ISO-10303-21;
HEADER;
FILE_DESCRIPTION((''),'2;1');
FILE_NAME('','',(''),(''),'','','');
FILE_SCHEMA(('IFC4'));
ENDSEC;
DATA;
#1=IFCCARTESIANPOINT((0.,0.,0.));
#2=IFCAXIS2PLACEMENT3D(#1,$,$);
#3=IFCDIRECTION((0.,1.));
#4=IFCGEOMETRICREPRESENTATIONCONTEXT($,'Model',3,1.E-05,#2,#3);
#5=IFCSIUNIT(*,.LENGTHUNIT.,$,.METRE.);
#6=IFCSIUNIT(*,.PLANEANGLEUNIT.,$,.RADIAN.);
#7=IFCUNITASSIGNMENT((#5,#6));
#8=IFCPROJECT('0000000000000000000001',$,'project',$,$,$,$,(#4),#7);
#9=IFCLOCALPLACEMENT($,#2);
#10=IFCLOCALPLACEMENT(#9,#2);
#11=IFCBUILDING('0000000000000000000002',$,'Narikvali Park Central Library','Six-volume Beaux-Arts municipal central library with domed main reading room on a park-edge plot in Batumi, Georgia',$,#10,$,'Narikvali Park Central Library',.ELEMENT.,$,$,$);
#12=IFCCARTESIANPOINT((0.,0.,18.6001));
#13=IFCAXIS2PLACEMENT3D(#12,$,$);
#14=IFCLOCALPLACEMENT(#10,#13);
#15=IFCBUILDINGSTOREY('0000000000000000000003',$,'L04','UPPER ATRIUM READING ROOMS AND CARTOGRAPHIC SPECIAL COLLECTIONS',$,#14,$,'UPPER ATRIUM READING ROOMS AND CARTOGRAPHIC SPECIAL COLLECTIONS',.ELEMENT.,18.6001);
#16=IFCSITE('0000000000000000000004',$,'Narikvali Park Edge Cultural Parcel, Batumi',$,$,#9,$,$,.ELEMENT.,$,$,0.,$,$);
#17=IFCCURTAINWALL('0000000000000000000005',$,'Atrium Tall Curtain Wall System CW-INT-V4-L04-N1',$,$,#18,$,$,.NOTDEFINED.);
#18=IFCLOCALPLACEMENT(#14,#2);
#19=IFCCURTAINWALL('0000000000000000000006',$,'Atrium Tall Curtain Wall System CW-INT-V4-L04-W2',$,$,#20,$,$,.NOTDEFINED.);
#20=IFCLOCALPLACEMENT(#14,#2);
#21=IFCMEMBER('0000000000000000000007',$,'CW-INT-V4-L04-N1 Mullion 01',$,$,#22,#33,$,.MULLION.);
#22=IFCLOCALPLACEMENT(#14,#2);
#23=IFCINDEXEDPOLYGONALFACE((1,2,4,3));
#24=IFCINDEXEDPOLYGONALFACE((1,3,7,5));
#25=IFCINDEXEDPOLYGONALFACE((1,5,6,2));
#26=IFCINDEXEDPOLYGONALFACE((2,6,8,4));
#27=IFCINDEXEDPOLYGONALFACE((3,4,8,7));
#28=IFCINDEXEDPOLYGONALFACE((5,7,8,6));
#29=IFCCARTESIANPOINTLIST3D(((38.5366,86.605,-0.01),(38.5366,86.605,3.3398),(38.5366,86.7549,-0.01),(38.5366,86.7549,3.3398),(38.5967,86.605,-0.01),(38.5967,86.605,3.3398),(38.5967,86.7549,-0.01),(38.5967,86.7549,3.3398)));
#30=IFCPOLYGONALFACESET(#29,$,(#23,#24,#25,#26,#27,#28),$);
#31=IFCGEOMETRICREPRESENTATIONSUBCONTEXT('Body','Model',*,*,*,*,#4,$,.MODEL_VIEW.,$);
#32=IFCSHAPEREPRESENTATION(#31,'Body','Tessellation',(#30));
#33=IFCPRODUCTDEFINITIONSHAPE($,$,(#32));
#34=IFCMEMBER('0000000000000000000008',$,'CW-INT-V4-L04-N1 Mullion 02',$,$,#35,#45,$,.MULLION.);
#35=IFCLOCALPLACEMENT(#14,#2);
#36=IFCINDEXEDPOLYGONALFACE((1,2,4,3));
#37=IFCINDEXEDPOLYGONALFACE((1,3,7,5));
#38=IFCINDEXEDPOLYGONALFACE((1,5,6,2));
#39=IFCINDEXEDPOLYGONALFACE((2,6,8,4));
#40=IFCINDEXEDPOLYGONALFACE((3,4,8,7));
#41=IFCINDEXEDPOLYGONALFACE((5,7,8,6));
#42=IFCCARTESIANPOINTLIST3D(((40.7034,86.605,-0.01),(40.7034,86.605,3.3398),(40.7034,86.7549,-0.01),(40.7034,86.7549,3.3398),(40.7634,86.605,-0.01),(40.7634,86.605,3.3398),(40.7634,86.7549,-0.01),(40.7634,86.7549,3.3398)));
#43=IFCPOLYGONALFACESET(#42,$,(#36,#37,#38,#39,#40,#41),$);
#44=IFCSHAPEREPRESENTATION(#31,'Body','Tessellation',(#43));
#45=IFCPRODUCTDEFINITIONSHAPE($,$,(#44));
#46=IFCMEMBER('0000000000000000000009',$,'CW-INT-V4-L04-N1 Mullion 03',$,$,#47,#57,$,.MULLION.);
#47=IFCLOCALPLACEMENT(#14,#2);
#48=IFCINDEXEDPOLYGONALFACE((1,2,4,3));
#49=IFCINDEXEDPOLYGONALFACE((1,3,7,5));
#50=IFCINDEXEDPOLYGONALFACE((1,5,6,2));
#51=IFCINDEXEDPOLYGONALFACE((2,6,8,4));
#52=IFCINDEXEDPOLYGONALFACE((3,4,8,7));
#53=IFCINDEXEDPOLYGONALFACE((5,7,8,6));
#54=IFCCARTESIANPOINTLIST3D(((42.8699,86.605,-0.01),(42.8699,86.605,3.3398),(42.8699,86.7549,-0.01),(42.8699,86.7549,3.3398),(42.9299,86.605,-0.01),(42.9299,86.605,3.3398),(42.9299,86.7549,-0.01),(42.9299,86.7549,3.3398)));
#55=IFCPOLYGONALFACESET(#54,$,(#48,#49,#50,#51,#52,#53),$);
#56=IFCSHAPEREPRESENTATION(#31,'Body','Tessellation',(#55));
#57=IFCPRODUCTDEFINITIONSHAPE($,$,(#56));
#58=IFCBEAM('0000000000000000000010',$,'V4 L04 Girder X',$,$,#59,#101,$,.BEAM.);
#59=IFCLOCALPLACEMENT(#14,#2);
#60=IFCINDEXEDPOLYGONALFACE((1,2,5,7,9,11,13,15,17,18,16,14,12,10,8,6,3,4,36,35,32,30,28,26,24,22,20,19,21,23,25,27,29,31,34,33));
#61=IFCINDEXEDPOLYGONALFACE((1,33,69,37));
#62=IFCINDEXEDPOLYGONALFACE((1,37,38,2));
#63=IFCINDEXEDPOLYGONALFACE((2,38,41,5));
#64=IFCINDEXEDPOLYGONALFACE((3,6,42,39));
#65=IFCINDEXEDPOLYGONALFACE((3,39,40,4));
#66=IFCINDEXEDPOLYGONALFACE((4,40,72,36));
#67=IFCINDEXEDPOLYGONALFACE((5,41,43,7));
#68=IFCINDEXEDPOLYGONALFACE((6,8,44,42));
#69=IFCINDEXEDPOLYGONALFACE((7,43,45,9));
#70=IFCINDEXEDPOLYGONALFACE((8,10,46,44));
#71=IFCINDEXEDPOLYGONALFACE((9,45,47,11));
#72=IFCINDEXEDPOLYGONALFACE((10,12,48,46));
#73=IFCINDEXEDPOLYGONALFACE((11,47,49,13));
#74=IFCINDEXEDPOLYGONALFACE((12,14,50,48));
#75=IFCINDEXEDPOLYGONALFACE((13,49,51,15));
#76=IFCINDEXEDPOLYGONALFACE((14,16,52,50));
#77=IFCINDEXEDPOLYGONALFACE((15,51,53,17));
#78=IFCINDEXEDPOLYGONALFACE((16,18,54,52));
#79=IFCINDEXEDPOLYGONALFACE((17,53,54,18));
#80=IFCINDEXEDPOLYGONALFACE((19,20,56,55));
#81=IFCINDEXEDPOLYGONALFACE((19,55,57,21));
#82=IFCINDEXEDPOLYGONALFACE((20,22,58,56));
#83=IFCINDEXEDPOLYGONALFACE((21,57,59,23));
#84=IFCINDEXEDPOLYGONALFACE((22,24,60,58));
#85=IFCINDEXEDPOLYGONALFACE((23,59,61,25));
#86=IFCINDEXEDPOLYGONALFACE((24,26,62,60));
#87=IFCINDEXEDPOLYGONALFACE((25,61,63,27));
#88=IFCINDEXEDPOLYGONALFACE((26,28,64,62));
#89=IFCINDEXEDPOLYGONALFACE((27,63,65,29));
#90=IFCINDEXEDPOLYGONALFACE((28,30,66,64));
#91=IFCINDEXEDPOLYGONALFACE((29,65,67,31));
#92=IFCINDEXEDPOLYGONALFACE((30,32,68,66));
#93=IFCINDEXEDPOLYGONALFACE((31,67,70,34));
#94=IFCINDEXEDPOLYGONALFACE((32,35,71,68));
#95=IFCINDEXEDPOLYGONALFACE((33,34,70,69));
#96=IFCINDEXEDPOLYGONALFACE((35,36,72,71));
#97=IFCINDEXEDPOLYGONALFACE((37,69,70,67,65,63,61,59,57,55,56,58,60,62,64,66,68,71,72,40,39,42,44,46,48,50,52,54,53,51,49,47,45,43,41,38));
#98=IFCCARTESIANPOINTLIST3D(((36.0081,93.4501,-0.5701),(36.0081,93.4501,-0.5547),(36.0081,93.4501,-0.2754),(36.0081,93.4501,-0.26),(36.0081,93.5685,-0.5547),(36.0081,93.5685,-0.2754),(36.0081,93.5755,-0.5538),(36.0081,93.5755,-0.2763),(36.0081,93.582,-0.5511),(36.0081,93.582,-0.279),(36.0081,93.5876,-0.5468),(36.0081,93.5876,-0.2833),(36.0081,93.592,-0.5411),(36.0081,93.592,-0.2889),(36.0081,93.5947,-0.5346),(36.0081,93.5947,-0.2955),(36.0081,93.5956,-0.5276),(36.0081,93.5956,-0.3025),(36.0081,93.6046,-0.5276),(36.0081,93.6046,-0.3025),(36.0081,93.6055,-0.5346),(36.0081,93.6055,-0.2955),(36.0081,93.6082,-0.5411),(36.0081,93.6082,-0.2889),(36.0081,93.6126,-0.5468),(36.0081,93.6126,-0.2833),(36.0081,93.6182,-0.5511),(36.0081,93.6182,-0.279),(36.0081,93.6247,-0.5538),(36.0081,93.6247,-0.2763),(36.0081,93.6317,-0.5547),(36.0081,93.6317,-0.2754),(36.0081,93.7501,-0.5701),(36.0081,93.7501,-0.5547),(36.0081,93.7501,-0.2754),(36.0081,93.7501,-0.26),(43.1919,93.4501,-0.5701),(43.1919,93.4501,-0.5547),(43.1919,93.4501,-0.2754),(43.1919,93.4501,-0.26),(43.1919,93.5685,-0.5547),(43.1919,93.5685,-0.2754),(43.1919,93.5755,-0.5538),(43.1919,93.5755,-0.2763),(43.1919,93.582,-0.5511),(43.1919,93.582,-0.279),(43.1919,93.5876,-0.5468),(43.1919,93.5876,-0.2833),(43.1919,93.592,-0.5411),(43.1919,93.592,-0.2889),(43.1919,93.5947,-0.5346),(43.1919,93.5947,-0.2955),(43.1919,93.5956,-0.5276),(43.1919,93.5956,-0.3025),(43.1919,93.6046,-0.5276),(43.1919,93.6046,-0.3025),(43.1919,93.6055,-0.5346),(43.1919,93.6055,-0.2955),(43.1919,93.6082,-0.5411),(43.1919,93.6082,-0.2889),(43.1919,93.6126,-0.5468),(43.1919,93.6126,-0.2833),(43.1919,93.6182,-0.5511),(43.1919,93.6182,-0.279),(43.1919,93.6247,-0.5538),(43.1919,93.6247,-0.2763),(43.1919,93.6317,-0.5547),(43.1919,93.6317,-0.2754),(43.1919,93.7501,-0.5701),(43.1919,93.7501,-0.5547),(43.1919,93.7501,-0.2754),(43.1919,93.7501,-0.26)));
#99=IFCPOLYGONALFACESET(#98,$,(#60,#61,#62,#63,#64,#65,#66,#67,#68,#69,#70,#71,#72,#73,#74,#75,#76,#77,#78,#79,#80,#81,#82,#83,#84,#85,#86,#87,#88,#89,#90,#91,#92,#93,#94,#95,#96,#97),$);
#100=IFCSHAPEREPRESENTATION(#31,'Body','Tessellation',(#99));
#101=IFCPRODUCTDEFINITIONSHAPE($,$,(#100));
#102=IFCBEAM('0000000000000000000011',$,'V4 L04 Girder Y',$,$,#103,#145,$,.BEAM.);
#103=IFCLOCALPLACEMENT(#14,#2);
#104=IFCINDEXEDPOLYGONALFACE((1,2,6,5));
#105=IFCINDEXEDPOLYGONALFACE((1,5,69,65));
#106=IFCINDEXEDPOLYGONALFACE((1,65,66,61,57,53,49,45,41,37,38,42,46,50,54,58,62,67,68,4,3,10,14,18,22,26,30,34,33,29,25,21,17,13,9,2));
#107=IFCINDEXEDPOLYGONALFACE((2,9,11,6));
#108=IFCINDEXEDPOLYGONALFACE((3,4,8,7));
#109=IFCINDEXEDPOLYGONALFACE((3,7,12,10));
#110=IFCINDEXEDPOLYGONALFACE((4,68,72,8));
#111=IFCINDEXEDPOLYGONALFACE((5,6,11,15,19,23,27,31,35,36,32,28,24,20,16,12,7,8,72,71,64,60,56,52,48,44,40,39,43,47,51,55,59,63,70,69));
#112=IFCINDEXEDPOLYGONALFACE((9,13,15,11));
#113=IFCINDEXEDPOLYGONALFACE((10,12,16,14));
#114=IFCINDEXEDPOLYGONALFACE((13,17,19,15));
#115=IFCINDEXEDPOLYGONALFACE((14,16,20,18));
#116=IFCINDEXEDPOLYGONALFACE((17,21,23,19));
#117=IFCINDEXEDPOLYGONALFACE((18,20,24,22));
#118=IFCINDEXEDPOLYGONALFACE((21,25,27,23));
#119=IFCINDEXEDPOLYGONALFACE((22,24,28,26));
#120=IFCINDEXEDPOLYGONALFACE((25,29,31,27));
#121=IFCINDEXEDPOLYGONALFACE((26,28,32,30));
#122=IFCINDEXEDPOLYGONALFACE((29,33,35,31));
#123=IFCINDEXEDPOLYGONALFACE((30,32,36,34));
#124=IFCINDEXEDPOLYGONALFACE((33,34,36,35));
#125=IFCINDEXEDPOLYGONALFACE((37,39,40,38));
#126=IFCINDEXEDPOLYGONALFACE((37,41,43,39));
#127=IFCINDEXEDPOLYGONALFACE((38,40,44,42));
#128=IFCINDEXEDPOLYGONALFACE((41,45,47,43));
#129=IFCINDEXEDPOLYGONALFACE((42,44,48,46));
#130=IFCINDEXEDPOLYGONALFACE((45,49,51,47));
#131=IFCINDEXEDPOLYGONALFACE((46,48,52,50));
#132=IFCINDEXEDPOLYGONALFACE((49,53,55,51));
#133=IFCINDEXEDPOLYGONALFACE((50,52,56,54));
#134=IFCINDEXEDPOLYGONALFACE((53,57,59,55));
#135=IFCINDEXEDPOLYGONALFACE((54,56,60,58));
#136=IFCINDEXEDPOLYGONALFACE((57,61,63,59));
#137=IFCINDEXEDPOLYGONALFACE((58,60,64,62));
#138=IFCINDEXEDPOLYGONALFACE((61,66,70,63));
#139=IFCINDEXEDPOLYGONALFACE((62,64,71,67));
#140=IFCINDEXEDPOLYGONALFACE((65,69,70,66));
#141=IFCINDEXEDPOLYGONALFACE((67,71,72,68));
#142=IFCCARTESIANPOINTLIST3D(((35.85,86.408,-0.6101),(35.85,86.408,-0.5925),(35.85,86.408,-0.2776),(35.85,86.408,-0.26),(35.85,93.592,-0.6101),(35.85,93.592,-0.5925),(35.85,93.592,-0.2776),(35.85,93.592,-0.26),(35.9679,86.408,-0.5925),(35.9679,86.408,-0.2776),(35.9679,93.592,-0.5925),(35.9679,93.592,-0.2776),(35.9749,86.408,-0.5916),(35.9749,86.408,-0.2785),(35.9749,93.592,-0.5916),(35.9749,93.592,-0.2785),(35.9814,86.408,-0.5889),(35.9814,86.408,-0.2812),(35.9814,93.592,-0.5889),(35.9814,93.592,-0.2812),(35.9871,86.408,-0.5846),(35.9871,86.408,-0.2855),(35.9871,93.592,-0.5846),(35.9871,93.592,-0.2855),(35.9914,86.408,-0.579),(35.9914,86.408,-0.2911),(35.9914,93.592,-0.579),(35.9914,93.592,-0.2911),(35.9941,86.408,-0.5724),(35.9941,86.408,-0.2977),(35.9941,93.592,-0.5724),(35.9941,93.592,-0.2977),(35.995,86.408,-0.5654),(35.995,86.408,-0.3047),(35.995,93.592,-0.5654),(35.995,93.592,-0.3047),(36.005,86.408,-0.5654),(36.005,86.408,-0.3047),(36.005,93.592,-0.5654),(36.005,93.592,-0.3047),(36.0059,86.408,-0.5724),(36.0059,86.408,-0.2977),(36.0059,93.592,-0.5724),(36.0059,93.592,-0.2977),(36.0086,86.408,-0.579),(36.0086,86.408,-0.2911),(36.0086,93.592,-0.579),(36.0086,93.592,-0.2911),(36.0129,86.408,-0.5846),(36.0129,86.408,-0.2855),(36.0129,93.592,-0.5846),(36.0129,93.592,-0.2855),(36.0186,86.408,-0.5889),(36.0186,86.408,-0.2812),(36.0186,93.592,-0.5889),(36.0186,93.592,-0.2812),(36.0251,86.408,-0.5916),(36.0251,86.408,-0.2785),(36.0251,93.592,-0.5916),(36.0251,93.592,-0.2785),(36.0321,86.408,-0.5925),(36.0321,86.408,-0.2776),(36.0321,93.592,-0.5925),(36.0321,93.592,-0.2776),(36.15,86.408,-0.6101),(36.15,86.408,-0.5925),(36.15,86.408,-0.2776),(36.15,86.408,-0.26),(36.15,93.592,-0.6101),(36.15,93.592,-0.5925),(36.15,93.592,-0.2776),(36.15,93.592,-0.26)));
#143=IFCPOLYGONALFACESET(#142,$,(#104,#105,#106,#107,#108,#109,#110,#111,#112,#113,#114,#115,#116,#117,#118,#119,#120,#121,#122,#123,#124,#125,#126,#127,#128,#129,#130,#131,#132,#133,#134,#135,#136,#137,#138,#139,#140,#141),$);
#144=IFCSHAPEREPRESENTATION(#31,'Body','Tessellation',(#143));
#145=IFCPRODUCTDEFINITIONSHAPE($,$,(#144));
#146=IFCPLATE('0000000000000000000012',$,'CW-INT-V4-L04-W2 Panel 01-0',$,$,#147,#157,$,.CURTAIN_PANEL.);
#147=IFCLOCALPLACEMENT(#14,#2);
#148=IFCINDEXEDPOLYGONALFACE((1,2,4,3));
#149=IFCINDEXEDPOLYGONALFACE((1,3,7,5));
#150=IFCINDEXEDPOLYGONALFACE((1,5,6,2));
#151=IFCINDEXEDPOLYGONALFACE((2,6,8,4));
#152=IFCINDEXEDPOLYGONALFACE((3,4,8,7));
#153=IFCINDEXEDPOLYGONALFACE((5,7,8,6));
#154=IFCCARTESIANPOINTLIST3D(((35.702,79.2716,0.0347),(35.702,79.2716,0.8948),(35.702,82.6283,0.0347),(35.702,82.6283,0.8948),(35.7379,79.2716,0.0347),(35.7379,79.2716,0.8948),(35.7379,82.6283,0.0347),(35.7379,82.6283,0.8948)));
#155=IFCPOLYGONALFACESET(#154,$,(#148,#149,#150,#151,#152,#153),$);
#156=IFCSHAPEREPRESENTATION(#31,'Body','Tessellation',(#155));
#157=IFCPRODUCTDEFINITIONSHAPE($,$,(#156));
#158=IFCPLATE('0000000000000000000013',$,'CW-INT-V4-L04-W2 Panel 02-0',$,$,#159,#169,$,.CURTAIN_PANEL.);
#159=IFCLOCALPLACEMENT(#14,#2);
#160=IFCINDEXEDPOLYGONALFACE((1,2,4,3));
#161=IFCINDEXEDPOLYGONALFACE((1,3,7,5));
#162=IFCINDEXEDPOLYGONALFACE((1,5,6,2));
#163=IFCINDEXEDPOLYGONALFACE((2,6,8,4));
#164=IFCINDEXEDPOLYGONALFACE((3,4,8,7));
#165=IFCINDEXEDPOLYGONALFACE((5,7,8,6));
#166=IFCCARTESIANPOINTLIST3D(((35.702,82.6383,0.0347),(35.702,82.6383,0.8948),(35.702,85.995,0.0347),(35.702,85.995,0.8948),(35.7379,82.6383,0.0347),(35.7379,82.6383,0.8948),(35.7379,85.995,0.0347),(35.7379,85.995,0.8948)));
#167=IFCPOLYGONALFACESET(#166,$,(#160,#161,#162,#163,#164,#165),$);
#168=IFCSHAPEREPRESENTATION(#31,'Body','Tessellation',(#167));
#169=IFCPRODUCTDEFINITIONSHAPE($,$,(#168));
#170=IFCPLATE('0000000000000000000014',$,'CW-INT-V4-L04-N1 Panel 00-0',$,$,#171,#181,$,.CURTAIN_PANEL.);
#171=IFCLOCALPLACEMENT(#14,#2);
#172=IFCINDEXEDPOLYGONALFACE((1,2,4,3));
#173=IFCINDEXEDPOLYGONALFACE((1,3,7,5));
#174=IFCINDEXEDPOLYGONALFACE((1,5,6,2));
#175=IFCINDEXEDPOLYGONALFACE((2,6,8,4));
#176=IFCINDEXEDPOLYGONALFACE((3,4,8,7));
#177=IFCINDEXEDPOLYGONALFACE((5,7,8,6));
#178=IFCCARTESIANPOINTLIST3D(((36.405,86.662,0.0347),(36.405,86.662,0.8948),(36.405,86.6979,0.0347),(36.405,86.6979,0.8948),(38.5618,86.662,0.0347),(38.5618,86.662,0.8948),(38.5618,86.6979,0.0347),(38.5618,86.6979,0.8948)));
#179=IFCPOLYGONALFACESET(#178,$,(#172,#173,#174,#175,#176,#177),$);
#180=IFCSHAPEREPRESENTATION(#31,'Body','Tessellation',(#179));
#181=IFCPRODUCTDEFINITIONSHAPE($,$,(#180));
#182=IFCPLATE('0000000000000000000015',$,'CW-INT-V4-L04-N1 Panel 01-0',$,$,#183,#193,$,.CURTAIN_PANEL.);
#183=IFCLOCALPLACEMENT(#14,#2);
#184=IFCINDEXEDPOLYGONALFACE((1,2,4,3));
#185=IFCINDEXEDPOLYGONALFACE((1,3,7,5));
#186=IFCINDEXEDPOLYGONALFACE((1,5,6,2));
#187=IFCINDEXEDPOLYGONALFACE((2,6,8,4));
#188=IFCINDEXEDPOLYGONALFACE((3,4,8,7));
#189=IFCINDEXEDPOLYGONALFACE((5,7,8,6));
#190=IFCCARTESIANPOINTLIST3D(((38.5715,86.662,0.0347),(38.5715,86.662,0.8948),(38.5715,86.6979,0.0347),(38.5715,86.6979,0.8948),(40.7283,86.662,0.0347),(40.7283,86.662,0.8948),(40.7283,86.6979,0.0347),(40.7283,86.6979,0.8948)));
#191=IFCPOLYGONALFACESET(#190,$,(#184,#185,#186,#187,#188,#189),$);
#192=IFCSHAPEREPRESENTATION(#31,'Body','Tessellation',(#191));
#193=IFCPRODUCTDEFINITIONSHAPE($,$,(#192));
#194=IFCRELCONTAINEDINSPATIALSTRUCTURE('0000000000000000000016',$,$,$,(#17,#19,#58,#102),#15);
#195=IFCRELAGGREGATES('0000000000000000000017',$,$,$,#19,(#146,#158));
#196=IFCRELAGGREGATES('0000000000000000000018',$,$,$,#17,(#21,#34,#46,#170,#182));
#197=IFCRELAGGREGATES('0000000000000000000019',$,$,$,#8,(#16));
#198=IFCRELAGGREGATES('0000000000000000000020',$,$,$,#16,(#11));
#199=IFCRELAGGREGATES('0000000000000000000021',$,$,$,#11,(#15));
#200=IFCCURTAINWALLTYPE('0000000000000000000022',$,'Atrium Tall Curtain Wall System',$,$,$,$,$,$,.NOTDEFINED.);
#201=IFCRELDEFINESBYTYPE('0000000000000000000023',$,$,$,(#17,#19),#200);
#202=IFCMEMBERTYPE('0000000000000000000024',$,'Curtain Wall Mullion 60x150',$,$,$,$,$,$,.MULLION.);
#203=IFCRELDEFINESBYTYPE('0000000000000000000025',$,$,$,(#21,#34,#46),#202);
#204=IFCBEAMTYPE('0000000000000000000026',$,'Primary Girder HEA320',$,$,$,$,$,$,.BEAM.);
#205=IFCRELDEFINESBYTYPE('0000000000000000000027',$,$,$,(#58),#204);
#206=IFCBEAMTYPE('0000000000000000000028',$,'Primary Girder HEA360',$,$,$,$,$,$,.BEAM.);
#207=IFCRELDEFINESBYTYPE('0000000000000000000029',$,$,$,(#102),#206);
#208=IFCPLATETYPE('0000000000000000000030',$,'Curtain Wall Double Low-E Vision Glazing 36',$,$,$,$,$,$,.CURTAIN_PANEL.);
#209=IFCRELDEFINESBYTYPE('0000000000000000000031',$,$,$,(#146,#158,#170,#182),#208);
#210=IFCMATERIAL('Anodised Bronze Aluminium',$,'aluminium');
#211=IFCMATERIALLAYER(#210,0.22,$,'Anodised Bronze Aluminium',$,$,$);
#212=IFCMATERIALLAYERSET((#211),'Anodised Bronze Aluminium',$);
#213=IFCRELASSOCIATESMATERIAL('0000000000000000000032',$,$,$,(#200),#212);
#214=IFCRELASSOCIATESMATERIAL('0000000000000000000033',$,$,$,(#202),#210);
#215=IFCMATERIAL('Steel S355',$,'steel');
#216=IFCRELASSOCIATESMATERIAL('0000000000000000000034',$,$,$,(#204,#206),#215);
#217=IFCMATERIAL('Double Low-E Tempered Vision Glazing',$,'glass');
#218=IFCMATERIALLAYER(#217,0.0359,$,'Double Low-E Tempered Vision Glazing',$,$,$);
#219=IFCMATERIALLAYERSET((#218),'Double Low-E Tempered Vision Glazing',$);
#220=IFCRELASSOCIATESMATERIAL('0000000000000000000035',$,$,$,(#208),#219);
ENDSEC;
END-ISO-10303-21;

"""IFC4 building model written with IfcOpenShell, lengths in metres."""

from ifc_helpers import new_model, si_unit, direction, frame, origin, origin_2d, place, context, subcontext, project, spatial, rectangle, i_section, extrude, material, layer, layer_set, material_profile, profile_set, type_object, element, aggregate, save


model = new_model("IFC4")

# Units and contexts
model_context = context("Model", 3, precision=1e-05, world=origin(), true_north=direction((0.0, 1.0)))
body_context = subcontext(model_context, "Body", "Model", "MODEL_VIEW")
ifc_project = project(units=[si_unit("LENGTHUNIT", "METRE"), si_unit("PLANEANGLEUNIT", "RADIAN")], contexts=[model_context])

# Site, building, storey
site_placement = place(None, origin())
site = spatial("IfcSite", under=ifc_project, at=site_placement, Name="Narikvali Park Edge Cultural Parcel, Batumi", CompositionType="ELEMENT", RefElevation=0.0)
building_placement = place(site_placement, origin())
building = spatial("IfcBuilding", under=site, at=building_placement, Name="Narikvali Park Central Library", Description="Six-volume Beaux-Arts municipal central library with domed main reading room on a park-edge plot in Batumi, Georgia", LongName="Narikvali Park Central Library", CompositionType="ELEMENT")
storey_placement = place(building_placement, frame((0.0, 0.0, 18.6001)))
storey = spatial("IfcBuildingStorey", under=building, at=storey_placement, Name="L04", Description="UPPER ATRIUM READING ROOMS AND CARTOGRAPHIC SPECIAL COLLECTIONS", LongName="UPPER ATRIUM READING ROOMS AND CARTOGRAPHIC SPECIAL COLLECTIONS", CompositionType="ELEMENT", Elevation=18.6001)

# Shared definitions
ifc_material_1 = material(Name="Steel S355", Category="steel")

# Curtain walls
ifc_material_2 = material(Name="Anodised Bronze Aluminium", Category="aluminium")
ifc_layer_1 = layer(ifc_material_2, 0.22, Name="Anodised Bronze Aluminium")
ifc_layer_set_1 = layer_set([ifc_layer_1], Name="Anodised Bronze Aluminium")
curtain_wall_type = type_object("IfcCurtainWallType", Name="Atrium Tall Curtain Wall System", PredefinedType="NOTDEFINED", material=ifc_layer_set_1)
curtain_wall_1_placement = place(storey_placement, origin())
curtain_wall_1 = element("IfcCurtainWall", 1, at=curtain_wall_1_placement, inside=storey, type_object=curtain_wall_type, Name="Atrium Tall Curtain Wall System CW-INT-V4-L04-N1", PredefinedType="NOTDEFINED")
curtain_wall_2_placement = place(storey_placement, origin())
curtain_wall_2 = element("IfcCurtainWall", 2, at=curtain_wall_2_placement, inside=storey, type_object=curtain_wall_type, Name="Atrium Tall Curtain Wall System CW-INT-V4-L04-W2", PredefinedType="NOTDEFINED")
ifc_material_profile_1 = material_profile(ifc_material_2, rectangle(XDim=0.0601, YDim=0.1499, at=origin_2d()), Name="CW MULLION 60x150")
ifc_profile_set_1 = profile_set([ifc_material_profile_1], Name="Anodised Bronze Aluminium")
member_type_1 = type_object("IfcMemberType", Name="Curtain Wall Mullion 60x150", PredefinedType="MULLION", material=ifc_profile_set_1)

# Members
member_1_placement = place(storey_placement, frame((38.5667, 86.6799, -0.01), z_axis=(0.0, 0.0, 1.0), x_axis=(1.0, 0.0, 0.0)))
member_1 = element("IfcMember", 3, at=member_1_placement, type_object=member_type_1, Name="CW-INT-V4-L04-N1 Mullion 01", PredefinedType="MULLION", context=body_context, shape_type="SweptSolid", body=[
    extrude(rectangle(XDim=0.0601, YDim=0.1499, at=origin_2d()), origin(), (0.0, 0.0, 1.0), 3.3499),
])
member_2_placement = place(storey_placement, frame((40.7334, 86.6799, -0.01), z_axis=(0.0, 0.0, 1.0), x_axis=(1.0, 0.0, 0.0)))
member_2 = element("IfcMember", 4, at=member_2_placement, type_object=member_type_1, Name="CW-INT-V4-L04-N1 Mullion 02", PredefinedType="MULLION", context=body_context, shape_type="SweptSolid", body=[
    extrude(rectangle(XDim=0.0601, YDim=0.1499, at=origin_2d()), origin(), (0.0, 0.0, 1.0), 3.3499),
])
member_3_placement = place(storey_placement, frame((42.8999, 86.6799, -0.01), z_axis=(0.0, 0.0, 1.0), x_axis=(1.0, 0.0, 0.0)))
member_3 = element("IfcMember", 5, at=member_3_placement, type_object=member_type_1, Name="CW-INT-V4-L04-N1 Mullion 03", PredefinedType="MULLION", context=body_context, shape_type="SweptSolid", body=[
    extrude(rectangle(XDim=0.0601, YDim=0.1499, at=origin_2d()), origin(), (0.0, 0.0, 1.0), 3.3499),
])

# Beams
ifc_material_profile_2 = material_profile(ifc_material_1, i_section(OverallWidth=0.3, OverallDepth=0.3101, WebThickness=0.009, FlangeThickness=0.0154, FilletRadius=0.0271, at=origin_2d()), Name="HEA 320")
ifc_profile_set_2 = profile_set([ifc_material_profile_2], Name="Steel S355")
beam_type_1 = type_object("IfcBeamType", Name="Primary Girder HEA320", PredefinedType="BEAM", material=ifc_profile_set_2)
beam_1_placement = place(storey_placement, frame((36.0081, 93.6001, -0.415), z_axis=(1.0, 0.0, 0.0), x_axis=(0.0, 1.0, 0.0)))
element("IfcBeam", 6, at=beam_1_placement, inside=storey, type_object=beam_type_1, Name="V4 L04 Girder X", PredefinedType="BEAM", context=body_context, shape_type="SweptSolid", body=[
    extrude(i_section(OverallWidth=0.3, OverallDepth=0.3101, WebThickness=0.009, FlangeThickness=0.0154, FilletRadius=0.0271, at=origin_2d()), origin(), (0.0, 0.0, 1.0), 7.1838),
])
ifc_material_profile_3 = material_profile(ifc_material_1, i_section(OverallWidth=0.3, OverallDepth=0.3501, WebThickness=0.01, FlangeThickness=0.0176, FilletRadius=0.0271, at=origin_2d()), Name="HEA 360")
ifc_profile_set_3 = profile_set([ifc_material_profile_3], Name="Steel S355")
beam_type_2 = type_object("IfcBeamType", Name="Primary Girder HEA360", PredefinedType="BEAM", material=ifc_profile_set_3)
beam_2_placement = place(storey_placement, frame((36.0, 86.408, -0.4351), z_axis=(0.0, 1.0, 0.0), x_axis=(-1.0, 0.0, 0.0)))
element("IfcBeam", 7, at=beam_2_placement, inside=storey, type_object=beam_type_2, Name="V4 L04 Girder Y", PredefinedType="BEAM", context=body_context, shape_type="SweptSolid", body=[
    extrude(i_section(OverallWidth=0.3, OverallDepth=0.3501, WebThickness=0.01, FlangeThickness=0.0176, FilletRadius=0.0271, at=origin_2d()), origin(), (0.0, 0.0, 1.0), 7.1841),
])

# Plates
ifc_material_3 = material(Name="Double Low-E Tempered Vision Glazing", Category="glass")
ifc_layer_2 = layer(ifc_material_3, 0.0359, Name="Double Low-E Tempered Vision Glazing")
ifc_layer_set_2 = layer_set([ifc_layer_2], Name="Double Low-E Tempered Vision Glazing")
plate_type_1 = type_object("IfcPlateType", Name="Curtain Wall Double Low-E Vision Glazing 36", PredefinedType="CURTAIN_PANEL", material=ifc_layer_set_2)
plate_1_placement = place(storey_placement, frame((35.72, 80.95, 0.0347), z_axis=(0.0, 0.0, 1.0), x_axis=(0.0, 1.0, 0.0)))
plate_1 = element("IfcPlate", 8, at=plate_1_placement, type_object=plate_type_1, Name="CW-INT-V4-L04-W2 Panel 01-0", PredefinedType="CURTAIN_PANEL", context=body_context, shape_type="SweptSolid", body=[
    extrude(rectangle(XDim=3.3567, YDim=0.0359, at=origin_2d()), origin(), (0.0, 0.0, 1.0), 0.8601),
])
plate_2_placement = place(storey_placement, frame((35.72, 84.3167, 0.0347), z_axis=(0.0, 0.0, 1.0), x_axis=(0.0, 1.0, 0.0)))
plate_2 = element("IfcPlate", 9, at=plate_2_placement, type_object=plate_type_1, Name="CW-INT-V4-L04-W2 Panel 02-0", PredefinedType="CURTAIN_PANEL", context=body_context, shape_type="SweptSolid", body=[
    extrude(rectangle(XDim=3.3567, YDim=0.0359, at=origin_2d()), origin(), (0.0, 0.0, 1.0), 0.8601),
])
plate_3_placement = place(storey_placement, frame((37.4834, 86.6799, 0.0347), z_axis=(0.0, 0.0, 1.0), x_axis=(1.0, 0.0, 0.0)))
plate_3 = element("IfcPlate", 10, at=plate_3_placement, type_object=plate_type_1, Name="CW-INT-V4-L04-N1 Panel 00-0", PredefinedType="CURTAIN_PANEL", context=body_context, shape_type="SweptSolid", body=[
    extrude(rectangle(XDim=2.1567, YDim=0.0359, at=origin_2d()), origin(), (0.0, 0.0, 1.0), 0.8601),
])
plate_4_placement = place(storey_placement, frame((39.6499, 86.6799, 0.0347), z_axis=(0.0, 0.0, 1.0), x_axis=(1.0, 0.0, 0.0)))
plate_4 = element("IfcPlate", 11, at=plate_4_placement, type_object=plate_type_1, Name="CW-INT-V4-L04-N1 Panel 01-0", PredefinedType="CURTAIN_PANEL", context=body_context, shape_type="SweptSolid", body=[
    extrude(rectangle(XDim=2.1567, YDim=0.0359, at=origin_2d()), origin(), (0.0, 0.0, 1.0), 0.8601),
])
aggregate(curtain_wall_2, [plate_1, plate_2])
aggregate(curtain_wall_1, [member_1, member_2, member_3, plate_3, plate_4])

save(model, "model.ifc")
